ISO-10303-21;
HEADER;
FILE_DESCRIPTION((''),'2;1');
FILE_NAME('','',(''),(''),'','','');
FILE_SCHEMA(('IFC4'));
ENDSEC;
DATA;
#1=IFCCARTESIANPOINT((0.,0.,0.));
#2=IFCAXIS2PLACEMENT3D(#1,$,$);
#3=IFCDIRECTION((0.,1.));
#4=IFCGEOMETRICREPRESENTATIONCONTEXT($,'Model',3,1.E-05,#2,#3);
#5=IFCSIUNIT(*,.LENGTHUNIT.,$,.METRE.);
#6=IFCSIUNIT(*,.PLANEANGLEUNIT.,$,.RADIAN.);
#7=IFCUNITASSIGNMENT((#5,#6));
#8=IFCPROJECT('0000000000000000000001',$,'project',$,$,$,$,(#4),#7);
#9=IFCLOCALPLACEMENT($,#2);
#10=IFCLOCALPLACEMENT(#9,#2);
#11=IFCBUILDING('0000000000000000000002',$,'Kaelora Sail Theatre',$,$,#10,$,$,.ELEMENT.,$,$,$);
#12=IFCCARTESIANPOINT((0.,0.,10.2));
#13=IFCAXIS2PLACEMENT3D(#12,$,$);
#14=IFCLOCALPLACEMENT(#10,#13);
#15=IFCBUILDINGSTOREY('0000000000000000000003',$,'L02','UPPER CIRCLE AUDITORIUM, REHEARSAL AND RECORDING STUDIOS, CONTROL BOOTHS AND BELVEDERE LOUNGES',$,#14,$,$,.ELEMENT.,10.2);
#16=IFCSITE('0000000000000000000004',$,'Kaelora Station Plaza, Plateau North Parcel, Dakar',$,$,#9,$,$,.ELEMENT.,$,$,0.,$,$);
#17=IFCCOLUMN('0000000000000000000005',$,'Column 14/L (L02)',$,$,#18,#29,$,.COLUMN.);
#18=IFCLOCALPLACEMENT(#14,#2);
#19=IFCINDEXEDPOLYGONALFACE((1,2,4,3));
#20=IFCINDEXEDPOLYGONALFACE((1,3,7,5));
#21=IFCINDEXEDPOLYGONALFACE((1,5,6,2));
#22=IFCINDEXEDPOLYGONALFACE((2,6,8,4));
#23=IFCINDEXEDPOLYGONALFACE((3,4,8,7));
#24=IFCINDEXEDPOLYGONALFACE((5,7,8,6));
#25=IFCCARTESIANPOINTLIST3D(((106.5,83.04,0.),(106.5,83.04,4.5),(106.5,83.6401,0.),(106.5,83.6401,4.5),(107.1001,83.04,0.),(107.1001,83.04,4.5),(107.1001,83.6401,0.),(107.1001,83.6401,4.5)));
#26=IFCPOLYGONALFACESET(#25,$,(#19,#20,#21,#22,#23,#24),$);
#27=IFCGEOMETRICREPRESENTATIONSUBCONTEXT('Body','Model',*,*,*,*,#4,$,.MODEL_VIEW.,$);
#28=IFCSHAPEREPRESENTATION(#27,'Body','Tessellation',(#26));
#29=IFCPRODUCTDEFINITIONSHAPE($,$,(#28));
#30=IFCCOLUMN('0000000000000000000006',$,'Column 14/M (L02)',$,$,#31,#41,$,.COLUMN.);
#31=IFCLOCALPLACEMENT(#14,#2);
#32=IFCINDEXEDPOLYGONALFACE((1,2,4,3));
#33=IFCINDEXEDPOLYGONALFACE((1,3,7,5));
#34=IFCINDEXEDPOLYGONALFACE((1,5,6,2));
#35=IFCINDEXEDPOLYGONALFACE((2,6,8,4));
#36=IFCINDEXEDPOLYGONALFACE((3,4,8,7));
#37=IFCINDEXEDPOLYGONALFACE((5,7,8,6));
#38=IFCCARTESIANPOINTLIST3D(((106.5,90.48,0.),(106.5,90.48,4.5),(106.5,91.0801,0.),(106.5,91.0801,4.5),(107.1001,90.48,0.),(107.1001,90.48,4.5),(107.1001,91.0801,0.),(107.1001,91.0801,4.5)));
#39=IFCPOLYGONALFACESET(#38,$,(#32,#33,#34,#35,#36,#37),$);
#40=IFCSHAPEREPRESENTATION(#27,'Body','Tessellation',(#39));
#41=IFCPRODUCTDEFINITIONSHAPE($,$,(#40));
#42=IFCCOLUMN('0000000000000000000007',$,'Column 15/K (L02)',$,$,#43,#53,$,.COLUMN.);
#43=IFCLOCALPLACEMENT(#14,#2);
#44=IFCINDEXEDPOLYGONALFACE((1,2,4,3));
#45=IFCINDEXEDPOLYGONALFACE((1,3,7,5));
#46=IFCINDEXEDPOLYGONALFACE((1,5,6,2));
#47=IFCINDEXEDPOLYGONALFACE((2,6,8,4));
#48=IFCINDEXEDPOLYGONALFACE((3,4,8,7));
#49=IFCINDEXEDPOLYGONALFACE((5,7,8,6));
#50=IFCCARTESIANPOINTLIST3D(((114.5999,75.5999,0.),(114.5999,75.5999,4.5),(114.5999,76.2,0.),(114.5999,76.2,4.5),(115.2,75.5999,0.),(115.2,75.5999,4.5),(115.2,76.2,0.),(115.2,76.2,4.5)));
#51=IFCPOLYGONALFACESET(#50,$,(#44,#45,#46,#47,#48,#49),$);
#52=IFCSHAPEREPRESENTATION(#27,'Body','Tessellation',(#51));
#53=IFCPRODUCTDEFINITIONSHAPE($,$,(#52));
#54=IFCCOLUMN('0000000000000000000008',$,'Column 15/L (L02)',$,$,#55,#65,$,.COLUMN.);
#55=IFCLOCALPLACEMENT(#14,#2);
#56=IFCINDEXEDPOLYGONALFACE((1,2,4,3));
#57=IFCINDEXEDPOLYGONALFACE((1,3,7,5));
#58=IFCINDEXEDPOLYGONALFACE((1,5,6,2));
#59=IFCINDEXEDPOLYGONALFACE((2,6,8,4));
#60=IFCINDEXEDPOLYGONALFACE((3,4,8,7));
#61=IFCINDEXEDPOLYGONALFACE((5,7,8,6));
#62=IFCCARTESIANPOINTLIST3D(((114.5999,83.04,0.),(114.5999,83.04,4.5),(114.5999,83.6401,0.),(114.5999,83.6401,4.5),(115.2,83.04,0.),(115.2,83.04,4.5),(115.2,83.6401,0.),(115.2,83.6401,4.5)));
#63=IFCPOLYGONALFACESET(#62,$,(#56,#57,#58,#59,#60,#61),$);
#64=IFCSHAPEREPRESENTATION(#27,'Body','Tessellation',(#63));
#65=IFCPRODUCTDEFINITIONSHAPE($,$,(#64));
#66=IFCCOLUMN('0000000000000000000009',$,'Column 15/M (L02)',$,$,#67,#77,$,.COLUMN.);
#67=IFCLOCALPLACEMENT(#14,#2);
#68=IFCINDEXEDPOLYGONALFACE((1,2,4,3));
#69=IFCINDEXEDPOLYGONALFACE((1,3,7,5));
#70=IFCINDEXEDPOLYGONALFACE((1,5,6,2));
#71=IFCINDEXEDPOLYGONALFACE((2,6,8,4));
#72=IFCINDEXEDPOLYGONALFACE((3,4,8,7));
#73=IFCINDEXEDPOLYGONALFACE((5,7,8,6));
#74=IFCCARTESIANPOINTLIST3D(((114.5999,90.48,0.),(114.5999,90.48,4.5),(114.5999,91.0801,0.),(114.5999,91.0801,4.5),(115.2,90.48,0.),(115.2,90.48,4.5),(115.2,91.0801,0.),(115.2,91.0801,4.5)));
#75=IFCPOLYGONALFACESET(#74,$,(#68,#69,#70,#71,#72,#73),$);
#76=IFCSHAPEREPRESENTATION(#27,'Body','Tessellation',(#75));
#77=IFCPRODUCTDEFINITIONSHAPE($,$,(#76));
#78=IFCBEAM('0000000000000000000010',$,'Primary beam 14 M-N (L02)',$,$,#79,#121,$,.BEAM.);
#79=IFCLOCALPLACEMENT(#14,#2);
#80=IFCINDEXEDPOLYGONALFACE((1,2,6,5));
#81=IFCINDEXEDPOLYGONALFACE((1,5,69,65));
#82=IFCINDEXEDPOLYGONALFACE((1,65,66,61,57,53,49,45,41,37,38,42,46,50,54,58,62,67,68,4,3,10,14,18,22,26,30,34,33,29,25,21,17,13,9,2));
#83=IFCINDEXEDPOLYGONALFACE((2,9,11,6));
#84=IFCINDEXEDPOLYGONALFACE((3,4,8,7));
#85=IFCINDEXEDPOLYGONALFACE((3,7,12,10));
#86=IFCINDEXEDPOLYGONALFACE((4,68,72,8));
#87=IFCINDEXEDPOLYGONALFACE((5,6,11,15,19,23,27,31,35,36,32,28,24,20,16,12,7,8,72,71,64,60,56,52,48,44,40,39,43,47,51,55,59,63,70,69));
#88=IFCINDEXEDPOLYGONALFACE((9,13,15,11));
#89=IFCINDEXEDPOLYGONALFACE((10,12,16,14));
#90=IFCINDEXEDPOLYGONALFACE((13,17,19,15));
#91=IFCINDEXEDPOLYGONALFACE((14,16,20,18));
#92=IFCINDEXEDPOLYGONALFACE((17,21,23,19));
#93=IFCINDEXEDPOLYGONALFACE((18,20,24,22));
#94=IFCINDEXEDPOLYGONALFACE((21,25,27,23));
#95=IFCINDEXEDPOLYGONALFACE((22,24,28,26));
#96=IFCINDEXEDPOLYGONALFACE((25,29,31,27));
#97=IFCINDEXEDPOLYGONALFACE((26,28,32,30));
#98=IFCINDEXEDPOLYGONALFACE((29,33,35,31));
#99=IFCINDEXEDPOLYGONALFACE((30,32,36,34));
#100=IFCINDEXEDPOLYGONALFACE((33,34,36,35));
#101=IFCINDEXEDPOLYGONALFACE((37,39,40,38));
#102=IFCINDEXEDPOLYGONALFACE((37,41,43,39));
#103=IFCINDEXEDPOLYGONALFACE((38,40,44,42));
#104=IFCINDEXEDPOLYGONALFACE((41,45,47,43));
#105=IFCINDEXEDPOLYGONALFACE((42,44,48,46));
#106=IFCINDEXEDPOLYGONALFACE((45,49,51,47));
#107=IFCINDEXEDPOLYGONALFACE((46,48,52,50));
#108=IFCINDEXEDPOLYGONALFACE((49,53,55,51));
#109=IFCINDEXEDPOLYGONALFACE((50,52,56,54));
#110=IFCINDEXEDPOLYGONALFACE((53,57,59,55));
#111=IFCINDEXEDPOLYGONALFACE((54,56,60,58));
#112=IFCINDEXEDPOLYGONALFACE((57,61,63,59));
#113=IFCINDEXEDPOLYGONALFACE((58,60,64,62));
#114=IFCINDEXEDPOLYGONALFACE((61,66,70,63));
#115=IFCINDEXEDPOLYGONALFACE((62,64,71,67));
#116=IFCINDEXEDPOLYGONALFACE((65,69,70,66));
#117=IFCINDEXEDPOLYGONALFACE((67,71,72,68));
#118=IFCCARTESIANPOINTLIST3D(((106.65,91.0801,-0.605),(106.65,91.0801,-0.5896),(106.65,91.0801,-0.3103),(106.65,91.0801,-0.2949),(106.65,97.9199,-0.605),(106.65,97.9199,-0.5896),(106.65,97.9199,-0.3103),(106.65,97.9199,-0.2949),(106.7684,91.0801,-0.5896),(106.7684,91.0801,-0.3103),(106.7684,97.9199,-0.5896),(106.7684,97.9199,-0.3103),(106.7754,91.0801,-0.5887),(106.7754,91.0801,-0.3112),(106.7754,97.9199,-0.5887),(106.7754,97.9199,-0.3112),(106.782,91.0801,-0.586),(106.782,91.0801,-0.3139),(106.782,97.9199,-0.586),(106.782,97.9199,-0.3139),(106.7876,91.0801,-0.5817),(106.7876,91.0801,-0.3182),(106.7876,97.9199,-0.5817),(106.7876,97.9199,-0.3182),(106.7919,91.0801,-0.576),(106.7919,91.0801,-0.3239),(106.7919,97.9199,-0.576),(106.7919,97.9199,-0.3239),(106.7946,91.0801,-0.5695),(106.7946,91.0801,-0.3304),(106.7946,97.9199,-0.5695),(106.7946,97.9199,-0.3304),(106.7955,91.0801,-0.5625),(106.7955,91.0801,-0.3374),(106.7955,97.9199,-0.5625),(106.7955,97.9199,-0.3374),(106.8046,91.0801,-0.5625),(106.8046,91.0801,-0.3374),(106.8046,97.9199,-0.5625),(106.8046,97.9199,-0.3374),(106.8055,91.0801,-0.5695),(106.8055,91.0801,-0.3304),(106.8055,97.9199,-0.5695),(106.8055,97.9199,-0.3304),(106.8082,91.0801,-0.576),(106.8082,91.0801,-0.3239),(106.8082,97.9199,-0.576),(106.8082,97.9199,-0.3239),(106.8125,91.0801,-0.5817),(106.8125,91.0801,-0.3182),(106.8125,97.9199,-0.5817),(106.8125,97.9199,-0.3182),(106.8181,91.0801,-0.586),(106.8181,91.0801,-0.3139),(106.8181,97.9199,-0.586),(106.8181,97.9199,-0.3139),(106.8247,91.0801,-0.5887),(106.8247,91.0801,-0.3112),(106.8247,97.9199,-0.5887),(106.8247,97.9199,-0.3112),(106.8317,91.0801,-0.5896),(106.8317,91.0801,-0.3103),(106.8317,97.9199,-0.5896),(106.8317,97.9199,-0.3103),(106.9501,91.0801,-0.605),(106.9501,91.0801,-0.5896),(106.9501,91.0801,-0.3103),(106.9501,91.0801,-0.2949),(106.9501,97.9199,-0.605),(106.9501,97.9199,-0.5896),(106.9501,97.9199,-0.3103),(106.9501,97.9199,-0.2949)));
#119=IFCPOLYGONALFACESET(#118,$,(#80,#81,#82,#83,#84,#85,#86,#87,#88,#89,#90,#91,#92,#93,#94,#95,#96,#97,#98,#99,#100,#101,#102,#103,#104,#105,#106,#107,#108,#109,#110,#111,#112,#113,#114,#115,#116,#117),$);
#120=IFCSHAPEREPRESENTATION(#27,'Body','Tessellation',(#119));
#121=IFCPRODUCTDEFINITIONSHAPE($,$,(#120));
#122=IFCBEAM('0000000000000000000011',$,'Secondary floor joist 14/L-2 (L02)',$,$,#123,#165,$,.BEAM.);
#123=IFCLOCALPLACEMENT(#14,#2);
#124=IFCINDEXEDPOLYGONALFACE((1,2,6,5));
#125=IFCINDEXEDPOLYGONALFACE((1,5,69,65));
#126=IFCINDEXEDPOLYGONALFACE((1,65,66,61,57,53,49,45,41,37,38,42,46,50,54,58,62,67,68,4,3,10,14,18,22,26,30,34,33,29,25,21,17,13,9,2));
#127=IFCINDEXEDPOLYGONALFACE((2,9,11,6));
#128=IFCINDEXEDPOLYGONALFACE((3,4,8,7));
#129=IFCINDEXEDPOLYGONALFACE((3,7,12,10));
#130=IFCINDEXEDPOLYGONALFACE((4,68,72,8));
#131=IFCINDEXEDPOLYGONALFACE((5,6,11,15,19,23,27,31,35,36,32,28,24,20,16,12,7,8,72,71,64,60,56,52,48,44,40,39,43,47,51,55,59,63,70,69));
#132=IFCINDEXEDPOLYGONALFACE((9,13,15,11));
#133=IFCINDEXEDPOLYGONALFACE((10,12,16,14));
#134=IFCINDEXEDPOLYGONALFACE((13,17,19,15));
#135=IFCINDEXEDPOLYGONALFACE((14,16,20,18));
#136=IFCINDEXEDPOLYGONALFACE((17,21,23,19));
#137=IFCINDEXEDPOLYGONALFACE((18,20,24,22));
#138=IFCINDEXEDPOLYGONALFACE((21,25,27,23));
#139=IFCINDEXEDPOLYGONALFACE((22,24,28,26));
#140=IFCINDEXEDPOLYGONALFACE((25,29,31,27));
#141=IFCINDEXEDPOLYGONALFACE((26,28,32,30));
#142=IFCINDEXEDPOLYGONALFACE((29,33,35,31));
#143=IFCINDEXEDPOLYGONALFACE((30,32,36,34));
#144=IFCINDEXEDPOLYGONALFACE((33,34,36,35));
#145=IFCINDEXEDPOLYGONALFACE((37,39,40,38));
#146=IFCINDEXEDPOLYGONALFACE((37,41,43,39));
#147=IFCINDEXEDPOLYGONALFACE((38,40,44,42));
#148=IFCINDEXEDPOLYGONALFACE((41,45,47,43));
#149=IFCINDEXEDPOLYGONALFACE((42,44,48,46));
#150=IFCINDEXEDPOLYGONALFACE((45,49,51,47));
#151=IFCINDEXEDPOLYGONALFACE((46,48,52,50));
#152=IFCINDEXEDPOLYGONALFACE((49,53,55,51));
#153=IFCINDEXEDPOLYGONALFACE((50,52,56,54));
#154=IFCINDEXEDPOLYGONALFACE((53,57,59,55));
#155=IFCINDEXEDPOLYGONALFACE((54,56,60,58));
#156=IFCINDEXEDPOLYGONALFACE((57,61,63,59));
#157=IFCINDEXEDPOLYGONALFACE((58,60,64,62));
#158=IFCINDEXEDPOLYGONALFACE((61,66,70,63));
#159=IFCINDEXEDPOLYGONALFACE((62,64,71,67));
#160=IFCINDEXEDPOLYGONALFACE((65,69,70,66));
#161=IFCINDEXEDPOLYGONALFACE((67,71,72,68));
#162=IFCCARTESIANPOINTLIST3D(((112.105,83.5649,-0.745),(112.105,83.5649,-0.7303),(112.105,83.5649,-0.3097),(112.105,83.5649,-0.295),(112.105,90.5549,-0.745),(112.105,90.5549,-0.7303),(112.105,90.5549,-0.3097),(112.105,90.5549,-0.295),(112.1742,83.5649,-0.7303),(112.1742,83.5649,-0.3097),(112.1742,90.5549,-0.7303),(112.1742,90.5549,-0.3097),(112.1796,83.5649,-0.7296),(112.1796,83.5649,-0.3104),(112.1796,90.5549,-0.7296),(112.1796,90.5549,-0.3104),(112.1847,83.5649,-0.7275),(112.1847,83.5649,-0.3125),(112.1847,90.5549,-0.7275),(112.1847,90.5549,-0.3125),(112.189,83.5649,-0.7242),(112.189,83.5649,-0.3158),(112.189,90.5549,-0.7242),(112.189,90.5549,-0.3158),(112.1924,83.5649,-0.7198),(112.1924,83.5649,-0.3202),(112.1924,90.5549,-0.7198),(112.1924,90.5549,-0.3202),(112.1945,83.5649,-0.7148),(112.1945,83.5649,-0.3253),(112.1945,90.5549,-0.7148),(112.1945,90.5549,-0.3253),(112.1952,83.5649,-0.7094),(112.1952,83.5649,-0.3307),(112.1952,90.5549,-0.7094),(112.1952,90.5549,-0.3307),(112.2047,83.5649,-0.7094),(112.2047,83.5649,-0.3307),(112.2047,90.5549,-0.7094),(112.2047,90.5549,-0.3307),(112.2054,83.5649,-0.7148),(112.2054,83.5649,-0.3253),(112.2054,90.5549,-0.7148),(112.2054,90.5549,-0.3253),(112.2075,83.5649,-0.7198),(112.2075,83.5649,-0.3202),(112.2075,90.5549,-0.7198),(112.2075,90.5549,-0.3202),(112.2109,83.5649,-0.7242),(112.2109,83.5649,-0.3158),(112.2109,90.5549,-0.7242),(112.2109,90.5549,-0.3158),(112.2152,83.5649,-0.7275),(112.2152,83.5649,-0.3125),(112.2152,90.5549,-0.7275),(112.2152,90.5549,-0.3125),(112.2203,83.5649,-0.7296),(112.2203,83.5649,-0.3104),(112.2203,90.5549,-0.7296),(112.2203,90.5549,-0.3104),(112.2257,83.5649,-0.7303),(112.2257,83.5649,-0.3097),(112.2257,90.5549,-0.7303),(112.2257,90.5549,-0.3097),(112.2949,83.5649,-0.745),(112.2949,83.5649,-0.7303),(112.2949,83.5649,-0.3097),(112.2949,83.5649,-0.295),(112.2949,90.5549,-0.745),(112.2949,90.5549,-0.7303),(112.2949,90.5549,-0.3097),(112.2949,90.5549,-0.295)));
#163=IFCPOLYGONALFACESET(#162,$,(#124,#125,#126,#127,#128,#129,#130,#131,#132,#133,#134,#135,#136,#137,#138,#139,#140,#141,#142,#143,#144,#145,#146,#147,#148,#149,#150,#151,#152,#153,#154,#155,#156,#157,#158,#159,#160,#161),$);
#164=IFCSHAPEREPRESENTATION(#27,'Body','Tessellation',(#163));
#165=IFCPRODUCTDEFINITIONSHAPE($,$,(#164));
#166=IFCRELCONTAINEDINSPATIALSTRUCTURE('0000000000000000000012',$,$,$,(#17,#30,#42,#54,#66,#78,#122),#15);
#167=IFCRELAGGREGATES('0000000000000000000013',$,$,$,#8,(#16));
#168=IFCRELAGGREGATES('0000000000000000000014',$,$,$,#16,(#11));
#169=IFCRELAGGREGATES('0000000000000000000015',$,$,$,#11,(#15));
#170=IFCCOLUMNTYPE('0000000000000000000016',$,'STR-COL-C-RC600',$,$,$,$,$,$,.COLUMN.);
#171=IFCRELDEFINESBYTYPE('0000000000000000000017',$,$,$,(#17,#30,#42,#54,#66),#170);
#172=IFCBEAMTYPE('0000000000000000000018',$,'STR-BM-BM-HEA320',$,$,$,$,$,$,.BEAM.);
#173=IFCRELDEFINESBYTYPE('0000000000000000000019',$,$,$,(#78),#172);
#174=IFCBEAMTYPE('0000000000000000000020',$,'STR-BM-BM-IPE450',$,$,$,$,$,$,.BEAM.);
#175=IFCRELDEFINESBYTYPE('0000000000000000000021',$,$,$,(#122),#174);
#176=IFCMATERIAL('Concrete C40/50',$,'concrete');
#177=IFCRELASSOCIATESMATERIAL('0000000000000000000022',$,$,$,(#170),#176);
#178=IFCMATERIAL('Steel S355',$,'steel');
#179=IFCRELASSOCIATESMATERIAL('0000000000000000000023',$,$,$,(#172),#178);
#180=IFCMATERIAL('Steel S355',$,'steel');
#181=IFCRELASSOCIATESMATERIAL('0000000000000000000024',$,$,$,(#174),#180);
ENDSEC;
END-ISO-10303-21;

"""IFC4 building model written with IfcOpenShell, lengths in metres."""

from ifc_helpers import new_model, si_unit, direction, frame, origin, origin_2d, place, context, subcontext, project, spatial, rectangle, i_section, extrude, material, material_profile, profile_set, type_object, element, save


model = new_model("IFC4")

# Units and contexts
model_context = context("Model", 3, precision=1e-05, world=origin(), true_north=direction((0.0, 1.0)))
body_context = subcontext(model_context, "Body", "Model", "MODEL_VIEW")
ifc_project = project(units=[si_unit("LENGTHUNIT", "METRE"), si_unit("PLANEANGLEUNIT", "RADIAN")], contexts=[model_context])

# Site, building, storey
site_placement = place(None, origin())
site = spatial("IfcSite", under=ifc_project, at=site_placement, Name="Kaelora Station Plaza, Plateau North Parcel, Dakar", CompositionType="ELEMENT", RefElevation=0.0)
building_placement = place(site_placement, origin())
building = spatial("IfcBuilding", under=site, at=building_placement, Name="Kaelora Sail Theatre", CompositionType="ELEMENT")
storey_placement = place(building_placement, frame((0.0, 0.0, 10.2)))
storey = spatial("IfcBuildingStorey", under=building, at=storey_placement, Name="L02", Description="UPPER CIRCLE AUDITORIUM, REHEARSAL AND RECORDING STUDIOS, CONTROL BOOTHS AND BELVEDERE LOUNGES", CompositionType="ELEMENT", Elevation=10.2)

# Columns
ifc_material_1 = material(Name="Concrete C40/50", Category="concrete")
ifc_material_profile_1 = material_profile(ifc_material_1, rectangle(XDim=0.6001, YDim=0.6001, at=origin_2d()), Name="RC-COL 600x600")
ifc_profile_set_1 = profile_set([ifc_material_profile_1], Name="Concrete C40/50")
column_type = type_object("IfcColumnType", Name="STR-COL-C-RC600", PredefinedType="COLUMN", material=ifc_profile_set_1)
for number, where, z_axis, x_axis, name in (
    (1, (106.8, 83.3401, 0.0), (0.0, 0.0, 1.0), (1.0, 0.0, 0.0), "Column 14/L (L02)"),
    (2, (106.8, 90.78, 0.0), (0.0, 0.0, 1.0), (1.0, 0.0, 0.0), "Column 14/M (L02)"),
    (3, (114.8999, 75.8999, 0.0), (0.0, 0.0, 1.0), (1.0, 0.0, 0.0), "Column 15/K (L02)"),
    (4, (114.8999, 83.3401, 0.0), (0.0, 0.0, 1.0), (1.0, 0.0, 0.0), "Column 15/L (L02)"),
    (5, (114.8999, 90.78, 0.0), (0.0, 0.0, 1.0), (1.0, 0.0, 0.0), "Column 15/M (L02)"),
):
    element("IfcColumn", number, at=place(storey_placement, frame(where, z_axis=z_axis, x_axis=x_axis)), inside=storey, type_object=column_type, Name=name, PredefinedType="COLUMN", context=body_context, shape_type="SweptSolid", body=[
        extrude(rectangle(XDim=0.6001, YDim=0.6001, at=origin_2d()), origin(), (0.0, 0.0, 1.0), 4.5),
    ])

# Beams
ifc_material_2 = material(Name="Steel S355", Category="steel")
ifc_material_profile_2 = material_profile(ifc_material_2, i_section(OverallWidth=0.3, OverallDepth=0.3101, WebThickness=0.009, FlangeThickness=0.0154, FilletRadius=0.0271, at=origin_2d()), Name="HEA 320")
ifc_profile_set_2 = profile_set([ifc_material_profile_2], Name="Steel S355")
beam_type_1 = type_object("IfcBeamType", Name="STR-BM-BM-HEA320", PredefinedType="BEAM", material=ifc_profile_set_2)
beam_1_placement = place(storey_placement, frame((106.8, 91.0801, -0.45), z_axis=(0.0, 1.0, 0.0), x_axis=(-1.0, 0.0, 0.0)))
element("IfcBeam", 6, at=beam_1_placement, inside=storey, type_object=beam_type_1, Name="Primary beam 14 M-N (L02)", PredefinedType="BEAM", context=body_context, shape_type="SweptSolid", body=[
    extrude(i_section(OverallWidth=0.3, OverallDepth=0.3101, WebThickness=0.009, FlangeThickness=0.0154, FilletRadius=0.0271, at=origin_2d()), origin(), (0.0, 0.0, 1.0), 6.8398),
])
ifc_material_3 = material(Name="Steel S355", Category="steel")
ifc_material_profile_3 = material_profile(ifc_material_3, i_section(OverallWidth=0.1899, OverallDepth=0.45, WebThickness=0.0095, FlangeThickness=0.0146, FilletRadius=0.021, at=origin_2d()), Name="IPE 450")
ifc_profile_set_3 = profile_set([ifc_material_profile_3], Name="Steel S355")
beam_type_2 = type_object("IfcBeamType", Name="STR-BM-BM-IPE450", PredefinedType="BEAM", material=ifc_profile_set_3)
beam_2_placement = place(storey_placement, frame((112.2, 83.5649, -0.52), z_axis=(0.0, 1.0, 0.0), x_axis=(-1.0, 0.0, 0.0)))
element("IfcBeam", 7, at=beam_2_placement, inside=storey, type_object=beam_type_2, Name="Secondary floor joist 14/L-2 (L02)", PredefinedType="BEAM", context=body_context, shape_type="SweptSolid", body=[
    extrude(i_section(OverallWidth=0.1899, OverallDepth=0.45, WebThickness=0.0095, FlangeThickness=0.0146, FilletRadius=0.021, at=origin_2d()), origin(), (0.0, 0.0, 1.0), 6.99),
])

save(model, "model.ifc")
